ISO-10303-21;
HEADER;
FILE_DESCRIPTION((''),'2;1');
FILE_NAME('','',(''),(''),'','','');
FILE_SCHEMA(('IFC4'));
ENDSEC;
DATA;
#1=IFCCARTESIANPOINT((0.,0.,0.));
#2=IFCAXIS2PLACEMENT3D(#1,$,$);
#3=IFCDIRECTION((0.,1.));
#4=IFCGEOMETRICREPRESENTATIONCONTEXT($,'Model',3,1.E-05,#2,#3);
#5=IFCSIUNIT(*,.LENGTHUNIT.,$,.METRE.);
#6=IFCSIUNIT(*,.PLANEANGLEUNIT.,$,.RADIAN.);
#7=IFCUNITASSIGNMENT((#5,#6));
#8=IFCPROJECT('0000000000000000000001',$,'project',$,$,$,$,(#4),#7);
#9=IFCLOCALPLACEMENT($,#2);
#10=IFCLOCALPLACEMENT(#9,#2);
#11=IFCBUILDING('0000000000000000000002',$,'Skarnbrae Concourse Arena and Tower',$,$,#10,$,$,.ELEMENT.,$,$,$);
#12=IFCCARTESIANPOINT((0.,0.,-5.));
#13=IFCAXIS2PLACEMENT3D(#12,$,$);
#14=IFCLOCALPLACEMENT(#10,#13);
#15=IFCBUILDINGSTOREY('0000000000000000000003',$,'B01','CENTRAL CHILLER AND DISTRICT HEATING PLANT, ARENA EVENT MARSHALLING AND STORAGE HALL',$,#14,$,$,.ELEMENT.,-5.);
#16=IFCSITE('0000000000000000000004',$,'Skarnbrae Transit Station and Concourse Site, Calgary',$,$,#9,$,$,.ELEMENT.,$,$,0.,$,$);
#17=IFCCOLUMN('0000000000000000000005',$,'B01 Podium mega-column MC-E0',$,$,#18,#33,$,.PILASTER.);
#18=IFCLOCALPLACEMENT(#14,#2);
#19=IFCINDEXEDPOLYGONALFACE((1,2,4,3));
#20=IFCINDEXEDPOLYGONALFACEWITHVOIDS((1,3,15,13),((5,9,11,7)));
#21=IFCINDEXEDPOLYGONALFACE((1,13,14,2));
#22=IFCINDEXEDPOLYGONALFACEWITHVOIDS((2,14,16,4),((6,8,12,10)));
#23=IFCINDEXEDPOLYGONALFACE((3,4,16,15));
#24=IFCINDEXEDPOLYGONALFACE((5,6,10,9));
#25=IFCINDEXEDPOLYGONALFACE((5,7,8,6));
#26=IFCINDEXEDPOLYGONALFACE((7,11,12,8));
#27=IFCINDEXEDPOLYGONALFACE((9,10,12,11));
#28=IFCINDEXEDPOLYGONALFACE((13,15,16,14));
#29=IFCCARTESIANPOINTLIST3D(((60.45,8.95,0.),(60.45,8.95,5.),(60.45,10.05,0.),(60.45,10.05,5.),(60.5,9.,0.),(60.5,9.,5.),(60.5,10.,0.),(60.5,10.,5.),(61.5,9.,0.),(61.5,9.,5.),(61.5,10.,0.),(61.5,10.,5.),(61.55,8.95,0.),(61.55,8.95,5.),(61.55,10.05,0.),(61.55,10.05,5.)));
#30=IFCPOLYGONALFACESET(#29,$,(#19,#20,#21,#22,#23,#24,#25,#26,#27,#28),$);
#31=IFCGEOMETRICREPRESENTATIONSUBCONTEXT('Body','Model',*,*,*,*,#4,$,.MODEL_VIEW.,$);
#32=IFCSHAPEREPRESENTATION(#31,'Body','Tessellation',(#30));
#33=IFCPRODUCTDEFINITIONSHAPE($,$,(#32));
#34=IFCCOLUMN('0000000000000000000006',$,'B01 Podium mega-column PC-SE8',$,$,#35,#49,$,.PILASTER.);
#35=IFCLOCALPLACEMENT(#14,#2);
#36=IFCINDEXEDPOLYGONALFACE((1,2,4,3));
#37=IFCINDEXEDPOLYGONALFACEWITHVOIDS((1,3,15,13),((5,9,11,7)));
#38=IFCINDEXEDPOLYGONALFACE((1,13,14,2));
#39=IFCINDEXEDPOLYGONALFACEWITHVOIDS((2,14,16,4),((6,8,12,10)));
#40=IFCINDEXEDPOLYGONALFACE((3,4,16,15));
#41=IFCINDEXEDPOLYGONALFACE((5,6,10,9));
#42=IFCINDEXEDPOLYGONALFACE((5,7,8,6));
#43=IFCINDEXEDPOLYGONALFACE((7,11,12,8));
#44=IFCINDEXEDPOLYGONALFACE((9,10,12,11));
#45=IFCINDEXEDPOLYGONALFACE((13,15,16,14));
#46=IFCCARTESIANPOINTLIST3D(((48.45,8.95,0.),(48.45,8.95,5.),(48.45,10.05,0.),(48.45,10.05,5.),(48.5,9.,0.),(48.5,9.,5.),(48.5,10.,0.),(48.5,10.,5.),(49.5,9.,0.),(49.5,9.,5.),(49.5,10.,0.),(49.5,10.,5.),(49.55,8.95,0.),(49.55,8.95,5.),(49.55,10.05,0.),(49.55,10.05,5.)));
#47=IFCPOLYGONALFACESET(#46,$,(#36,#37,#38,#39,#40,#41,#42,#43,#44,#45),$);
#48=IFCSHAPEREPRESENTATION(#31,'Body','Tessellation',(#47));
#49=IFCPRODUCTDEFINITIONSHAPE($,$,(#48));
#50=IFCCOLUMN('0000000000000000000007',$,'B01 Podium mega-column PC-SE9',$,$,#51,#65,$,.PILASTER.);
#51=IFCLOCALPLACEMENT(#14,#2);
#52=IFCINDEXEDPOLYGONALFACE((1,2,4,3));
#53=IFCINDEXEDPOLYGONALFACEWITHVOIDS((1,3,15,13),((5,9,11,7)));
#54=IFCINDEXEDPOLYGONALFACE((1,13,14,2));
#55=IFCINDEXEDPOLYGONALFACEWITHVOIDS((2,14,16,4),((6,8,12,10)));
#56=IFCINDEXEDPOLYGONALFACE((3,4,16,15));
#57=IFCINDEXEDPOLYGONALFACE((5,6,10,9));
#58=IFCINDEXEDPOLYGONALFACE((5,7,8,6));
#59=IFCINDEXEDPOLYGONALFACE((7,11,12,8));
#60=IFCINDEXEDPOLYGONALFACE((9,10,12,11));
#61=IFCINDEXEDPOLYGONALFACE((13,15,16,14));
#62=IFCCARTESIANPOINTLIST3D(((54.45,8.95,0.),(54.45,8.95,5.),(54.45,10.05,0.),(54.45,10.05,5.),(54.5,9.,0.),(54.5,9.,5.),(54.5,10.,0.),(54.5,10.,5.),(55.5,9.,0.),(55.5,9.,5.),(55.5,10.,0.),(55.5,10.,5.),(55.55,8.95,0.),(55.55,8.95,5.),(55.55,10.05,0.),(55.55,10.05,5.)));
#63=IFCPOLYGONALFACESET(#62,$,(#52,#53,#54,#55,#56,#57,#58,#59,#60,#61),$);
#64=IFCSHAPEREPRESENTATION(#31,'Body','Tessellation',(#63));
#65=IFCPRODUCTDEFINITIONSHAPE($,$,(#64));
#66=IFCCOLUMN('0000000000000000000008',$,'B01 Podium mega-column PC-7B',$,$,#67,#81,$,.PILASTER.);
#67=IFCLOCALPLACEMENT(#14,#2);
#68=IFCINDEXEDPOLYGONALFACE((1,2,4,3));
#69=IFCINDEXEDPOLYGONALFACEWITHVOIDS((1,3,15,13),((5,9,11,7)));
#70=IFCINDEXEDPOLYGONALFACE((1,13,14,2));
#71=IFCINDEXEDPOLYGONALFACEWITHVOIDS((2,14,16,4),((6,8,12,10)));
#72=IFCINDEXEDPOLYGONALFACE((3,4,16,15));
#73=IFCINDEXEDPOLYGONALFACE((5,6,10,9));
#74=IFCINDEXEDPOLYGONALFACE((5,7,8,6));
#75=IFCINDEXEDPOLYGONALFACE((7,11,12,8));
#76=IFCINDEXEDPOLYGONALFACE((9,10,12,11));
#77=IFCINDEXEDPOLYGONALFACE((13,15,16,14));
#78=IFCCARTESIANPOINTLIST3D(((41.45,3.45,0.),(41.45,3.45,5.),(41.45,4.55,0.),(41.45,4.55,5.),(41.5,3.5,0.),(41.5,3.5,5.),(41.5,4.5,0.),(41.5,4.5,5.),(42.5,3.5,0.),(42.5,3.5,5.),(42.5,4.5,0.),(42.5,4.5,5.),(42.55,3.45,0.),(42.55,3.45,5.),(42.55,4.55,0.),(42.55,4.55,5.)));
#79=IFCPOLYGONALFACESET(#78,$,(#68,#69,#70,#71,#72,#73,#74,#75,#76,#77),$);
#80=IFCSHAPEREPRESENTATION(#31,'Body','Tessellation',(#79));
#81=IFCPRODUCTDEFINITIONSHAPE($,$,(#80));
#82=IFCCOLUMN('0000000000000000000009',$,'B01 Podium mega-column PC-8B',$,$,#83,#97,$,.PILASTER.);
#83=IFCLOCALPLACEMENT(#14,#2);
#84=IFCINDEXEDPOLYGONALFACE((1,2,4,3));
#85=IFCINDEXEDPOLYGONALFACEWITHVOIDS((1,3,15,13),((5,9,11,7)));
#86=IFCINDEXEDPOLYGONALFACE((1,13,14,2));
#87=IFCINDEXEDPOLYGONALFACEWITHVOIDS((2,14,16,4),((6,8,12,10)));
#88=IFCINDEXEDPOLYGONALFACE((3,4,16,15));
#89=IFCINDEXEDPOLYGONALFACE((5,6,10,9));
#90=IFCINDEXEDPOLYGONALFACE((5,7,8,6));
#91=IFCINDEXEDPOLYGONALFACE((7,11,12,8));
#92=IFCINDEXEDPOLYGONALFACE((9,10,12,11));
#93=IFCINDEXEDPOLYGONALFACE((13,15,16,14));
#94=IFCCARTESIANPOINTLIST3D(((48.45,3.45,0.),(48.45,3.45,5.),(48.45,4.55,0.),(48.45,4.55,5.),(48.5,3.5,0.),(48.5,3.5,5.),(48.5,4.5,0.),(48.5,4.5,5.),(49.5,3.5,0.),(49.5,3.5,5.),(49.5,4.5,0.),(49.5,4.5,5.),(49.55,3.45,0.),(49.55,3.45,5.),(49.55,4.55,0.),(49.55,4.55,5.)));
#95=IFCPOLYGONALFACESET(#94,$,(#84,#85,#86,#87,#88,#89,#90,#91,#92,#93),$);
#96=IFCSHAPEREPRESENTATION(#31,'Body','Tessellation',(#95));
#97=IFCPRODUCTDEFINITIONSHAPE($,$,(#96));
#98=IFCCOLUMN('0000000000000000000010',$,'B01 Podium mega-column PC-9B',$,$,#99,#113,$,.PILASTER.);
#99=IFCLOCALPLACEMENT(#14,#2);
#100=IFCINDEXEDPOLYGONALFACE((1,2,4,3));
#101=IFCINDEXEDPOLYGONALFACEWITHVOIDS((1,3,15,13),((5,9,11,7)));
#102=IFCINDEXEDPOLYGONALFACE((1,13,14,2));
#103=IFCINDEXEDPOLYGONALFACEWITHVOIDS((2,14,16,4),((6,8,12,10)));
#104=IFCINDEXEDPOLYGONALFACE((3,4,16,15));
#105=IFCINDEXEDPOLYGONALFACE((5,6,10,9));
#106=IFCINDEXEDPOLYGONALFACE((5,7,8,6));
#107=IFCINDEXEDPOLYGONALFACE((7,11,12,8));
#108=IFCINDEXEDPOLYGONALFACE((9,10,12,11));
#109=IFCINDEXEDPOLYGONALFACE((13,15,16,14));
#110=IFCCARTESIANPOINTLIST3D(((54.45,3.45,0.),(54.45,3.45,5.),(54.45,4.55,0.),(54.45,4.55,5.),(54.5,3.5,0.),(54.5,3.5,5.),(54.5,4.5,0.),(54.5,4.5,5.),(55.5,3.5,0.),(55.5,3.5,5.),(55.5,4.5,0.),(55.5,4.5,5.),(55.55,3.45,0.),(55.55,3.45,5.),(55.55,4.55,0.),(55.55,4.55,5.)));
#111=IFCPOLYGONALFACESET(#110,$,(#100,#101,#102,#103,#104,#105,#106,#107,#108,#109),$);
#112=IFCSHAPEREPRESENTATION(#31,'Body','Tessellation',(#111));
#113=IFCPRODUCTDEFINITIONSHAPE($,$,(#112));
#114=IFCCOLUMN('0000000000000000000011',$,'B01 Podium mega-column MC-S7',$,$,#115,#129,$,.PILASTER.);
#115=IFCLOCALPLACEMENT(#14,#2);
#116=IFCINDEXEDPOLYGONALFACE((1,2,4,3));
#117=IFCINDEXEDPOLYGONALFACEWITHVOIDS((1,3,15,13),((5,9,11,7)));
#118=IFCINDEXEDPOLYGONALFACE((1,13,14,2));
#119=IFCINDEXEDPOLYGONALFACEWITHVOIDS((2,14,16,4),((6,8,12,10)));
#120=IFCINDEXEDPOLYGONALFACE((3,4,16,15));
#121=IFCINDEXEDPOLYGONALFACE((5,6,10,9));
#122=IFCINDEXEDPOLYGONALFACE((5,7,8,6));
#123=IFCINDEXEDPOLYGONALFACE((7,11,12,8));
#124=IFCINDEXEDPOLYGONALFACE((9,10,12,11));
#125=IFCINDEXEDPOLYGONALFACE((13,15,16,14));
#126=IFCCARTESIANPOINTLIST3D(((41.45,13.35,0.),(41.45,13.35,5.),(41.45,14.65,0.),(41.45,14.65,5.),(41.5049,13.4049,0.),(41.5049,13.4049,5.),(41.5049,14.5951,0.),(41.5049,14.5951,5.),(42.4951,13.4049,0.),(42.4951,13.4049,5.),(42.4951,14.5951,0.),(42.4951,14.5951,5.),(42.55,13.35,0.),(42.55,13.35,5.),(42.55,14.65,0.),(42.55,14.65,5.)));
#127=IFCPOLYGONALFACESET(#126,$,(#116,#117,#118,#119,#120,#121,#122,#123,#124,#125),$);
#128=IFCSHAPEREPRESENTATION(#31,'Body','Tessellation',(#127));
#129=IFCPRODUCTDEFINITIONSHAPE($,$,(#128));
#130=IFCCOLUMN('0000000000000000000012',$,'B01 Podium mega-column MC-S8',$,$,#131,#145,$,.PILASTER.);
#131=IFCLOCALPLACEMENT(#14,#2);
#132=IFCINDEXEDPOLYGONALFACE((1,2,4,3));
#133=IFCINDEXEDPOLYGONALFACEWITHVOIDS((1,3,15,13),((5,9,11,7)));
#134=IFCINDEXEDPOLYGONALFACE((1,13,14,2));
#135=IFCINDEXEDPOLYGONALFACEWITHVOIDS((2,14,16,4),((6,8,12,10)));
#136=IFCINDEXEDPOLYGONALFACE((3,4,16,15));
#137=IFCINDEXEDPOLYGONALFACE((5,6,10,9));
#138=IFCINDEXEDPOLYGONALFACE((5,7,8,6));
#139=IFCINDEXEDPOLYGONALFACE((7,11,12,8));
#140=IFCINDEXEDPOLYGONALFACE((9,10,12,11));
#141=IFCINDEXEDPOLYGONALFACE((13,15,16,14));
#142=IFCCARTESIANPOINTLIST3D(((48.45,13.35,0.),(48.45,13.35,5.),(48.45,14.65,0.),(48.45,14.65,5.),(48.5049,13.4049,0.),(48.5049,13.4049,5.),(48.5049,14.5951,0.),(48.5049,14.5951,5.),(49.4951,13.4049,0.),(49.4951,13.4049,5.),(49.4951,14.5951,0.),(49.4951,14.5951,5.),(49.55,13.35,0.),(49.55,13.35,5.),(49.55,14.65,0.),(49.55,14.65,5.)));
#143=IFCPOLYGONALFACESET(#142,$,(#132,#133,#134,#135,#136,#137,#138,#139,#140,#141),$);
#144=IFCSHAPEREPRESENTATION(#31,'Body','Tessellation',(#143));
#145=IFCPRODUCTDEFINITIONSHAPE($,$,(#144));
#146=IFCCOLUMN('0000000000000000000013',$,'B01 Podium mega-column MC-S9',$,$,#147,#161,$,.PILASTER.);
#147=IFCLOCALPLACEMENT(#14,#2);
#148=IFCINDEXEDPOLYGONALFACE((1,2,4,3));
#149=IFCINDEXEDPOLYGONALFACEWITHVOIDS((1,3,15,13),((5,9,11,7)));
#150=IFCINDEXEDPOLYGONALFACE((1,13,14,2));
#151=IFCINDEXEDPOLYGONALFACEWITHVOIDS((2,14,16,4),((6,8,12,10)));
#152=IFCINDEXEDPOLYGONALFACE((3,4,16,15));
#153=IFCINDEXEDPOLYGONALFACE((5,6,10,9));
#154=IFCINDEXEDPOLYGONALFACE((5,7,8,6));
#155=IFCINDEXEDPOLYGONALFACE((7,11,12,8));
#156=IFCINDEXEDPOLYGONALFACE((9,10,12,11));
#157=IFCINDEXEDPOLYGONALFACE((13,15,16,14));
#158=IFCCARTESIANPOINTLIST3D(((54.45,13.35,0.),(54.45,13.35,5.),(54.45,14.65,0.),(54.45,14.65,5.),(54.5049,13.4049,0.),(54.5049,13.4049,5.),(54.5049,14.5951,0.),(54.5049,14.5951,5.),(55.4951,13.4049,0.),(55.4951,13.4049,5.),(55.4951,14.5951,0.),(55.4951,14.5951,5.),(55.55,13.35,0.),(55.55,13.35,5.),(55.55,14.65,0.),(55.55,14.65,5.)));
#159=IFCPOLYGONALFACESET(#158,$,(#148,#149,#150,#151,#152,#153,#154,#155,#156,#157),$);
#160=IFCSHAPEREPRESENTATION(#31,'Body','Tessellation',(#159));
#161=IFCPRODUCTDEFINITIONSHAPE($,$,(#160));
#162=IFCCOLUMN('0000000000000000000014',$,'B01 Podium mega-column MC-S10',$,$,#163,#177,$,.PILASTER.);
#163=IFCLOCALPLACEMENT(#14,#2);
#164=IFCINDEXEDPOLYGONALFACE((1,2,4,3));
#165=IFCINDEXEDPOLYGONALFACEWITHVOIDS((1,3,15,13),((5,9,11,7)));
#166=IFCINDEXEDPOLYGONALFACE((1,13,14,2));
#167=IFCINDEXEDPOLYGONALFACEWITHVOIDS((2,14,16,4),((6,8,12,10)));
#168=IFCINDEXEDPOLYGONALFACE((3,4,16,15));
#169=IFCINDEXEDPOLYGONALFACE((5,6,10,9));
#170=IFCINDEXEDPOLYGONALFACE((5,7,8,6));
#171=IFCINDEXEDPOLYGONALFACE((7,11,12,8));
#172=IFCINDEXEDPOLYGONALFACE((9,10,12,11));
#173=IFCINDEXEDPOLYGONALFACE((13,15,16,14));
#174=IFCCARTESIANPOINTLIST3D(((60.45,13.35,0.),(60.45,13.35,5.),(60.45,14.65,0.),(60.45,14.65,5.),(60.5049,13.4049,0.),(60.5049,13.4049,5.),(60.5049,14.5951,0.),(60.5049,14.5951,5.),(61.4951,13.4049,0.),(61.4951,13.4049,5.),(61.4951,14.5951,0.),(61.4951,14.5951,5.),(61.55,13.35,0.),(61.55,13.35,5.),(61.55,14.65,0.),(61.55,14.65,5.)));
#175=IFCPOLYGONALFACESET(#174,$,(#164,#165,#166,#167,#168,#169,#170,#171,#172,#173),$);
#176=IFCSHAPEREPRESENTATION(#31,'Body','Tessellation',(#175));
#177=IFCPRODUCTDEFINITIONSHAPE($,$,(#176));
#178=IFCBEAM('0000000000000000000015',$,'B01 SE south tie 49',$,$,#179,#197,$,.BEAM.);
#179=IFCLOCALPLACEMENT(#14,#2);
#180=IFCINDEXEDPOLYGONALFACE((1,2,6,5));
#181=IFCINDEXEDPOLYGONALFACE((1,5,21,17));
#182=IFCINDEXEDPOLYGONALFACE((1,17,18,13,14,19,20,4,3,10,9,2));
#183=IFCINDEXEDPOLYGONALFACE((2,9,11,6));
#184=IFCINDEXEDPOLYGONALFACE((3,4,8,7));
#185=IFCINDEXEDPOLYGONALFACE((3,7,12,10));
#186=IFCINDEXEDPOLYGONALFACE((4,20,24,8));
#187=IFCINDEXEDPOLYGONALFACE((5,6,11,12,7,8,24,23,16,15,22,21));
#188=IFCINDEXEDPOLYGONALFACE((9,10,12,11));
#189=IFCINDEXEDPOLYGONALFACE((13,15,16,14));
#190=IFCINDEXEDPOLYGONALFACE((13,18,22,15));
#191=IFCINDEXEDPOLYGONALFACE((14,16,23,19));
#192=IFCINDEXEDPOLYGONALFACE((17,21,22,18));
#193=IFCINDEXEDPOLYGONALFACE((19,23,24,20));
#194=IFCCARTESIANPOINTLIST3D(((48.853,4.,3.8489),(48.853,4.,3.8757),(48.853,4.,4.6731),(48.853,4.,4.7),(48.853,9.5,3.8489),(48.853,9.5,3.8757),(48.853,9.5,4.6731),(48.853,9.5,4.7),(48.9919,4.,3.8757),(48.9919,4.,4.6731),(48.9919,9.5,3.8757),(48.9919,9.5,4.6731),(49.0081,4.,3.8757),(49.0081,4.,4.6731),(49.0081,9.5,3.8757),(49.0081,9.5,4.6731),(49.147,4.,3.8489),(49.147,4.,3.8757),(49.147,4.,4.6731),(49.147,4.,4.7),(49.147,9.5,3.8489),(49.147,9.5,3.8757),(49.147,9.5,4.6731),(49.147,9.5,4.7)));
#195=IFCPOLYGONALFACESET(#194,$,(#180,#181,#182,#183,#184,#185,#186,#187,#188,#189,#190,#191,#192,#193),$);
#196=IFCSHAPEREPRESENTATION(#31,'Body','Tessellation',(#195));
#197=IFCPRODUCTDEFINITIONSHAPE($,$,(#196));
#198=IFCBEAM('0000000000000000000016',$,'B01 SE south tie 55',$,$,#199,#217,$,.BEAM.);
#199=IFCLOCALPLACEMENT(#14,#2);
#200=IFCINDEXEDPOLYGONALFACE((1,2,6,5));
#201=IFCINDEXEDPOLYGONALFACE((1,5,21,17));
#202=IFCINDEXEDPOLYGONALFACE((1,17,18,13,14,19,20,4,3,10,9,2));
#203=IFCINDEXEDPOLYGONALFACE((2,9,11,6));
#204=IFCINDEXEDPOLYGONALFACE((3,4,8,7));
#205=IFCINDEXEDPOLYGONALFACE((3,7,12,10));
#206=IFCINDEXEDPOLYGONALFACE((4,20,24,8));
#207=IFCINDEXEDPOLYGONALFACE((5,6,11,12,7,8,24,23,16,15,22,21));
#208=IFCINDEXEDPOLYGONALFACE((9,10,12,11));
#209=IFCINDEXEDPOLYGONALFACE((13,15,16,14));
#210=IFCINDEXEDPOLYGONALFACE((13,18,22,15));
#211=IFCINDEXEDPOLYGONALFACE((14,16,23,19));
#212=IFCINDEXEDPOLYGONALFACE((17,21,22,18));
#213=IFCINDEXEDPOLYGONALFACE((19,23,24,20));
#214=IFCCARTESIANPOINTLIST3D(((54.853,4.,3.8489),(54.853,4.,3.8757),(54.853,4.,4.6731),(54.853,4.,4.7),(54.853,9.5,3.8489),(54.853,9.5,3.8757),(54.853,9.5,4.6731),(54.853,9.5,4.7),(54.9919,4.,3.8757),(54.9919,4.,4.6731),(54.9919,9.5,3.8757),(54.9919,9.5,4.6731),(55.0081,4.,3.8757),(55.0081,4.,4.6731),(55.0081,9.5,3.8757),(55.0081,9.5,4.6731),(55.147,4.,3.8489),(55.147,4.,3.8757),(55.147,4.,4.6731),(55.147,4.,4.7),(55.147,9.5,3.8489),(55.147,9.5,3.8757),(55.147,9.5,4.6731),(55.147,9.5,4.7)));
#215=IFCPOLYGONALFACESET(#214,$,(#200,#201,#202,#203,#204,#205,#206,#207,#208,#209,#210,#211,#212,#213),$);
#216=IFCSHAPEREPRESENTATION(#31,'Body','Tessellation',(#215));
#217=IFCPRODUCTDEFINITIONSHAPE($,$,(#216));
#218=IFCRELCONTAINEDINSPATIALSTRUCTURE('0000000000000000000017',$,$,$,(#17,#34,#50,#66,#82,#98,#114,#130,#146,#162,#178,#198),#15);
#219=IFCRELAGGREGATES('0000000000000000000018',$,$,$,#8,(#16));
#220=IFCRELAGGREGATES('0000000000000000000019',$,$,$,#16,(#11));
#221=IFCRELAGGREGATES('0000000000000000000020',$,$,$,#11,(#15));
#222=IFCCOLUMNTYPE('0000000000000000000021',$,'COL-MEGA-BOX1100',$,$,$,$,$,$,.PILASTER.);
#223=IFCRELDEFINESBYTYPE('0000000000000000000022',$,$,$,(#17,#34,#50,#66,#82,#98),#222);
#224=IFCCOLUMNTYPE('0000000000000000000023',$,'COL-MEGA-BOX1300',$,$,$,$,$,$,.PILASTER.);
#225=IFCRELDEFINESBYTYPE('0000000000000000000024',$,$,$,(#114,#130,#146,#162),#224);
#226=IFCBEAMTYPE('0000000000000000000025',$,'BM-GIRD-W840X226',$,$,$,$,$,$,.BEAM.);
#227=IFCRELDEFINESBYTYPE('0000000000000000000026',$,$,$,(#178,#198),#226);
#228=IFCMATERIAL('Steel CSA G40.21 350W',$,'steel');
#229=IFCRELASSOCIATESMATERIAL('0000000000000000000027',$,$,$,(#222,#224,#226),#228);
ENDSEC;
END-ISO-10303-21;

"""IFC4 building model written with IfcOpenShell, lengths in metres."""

from ifc_helpers import new_model, si_unit, direction, frame, origin, origin_2d, place, context, subcontext, project, spatial, hollow_rectangle, i_section, extrude, source, transform, mapped, material, material_profile, profile_set, type_object, element, save


model = new_model("IFC4")

# Units and contexts
model_context = context("Model", 3, precision=1e-05, world=origin(), true_north=direction((0.0, 1.0)))
body_context = subcontext(model_context, "Body", "Model", "MODEL_VIEW")
ifc_project = project(units=[si_unit("LENGTHUNIT", "METRE"), si_unit("PLANEANGLEUNIT", "RADIAN")], contexts=[model_context])

# Site, building, storey
site_placement = place(None, origin())
site = spatial("IfcSite", under=ifc_project, at=site_placement, Name="Skarnbrae Transit Station and Concourse Site, Calgary", CompositionType="ELEMENT", RefElevation=0.0)
building_placement = place(site_placement, origin())
building = spatial("IfcBuilding", under=site, at=building_placement, Name="Skarnbrae Concourse Arena and Tower", CompositionType="ELEMENT")
storey_placement = place(building_placement, frame((0.0, 0.0, -5.0)))
storey = spatial("IfcBuildingStorey", under=building, at=storey_placement, Name="B01", Description="CENTRAL CHILLER AND DISTRICT HEATING PLANT, ARENA EVENT MARSHALLING AND STORAGE HALL", CompositionType="ELEMENT", Elevation=-5.0)

# Columns
ifc_material_1 = material(Name="Steel CSA G40.21 350W", Category="steel")
ifc_material_profile_1 = material_profile(ifc_material_1, hollow_rectangle(XDim=1.1001, YDim=1.1001, WallThickness=0.05, at=origin_2d()), Name="BOX1100X1100X50")
ifc_profile_set_1 = profile_set([ifc_material_profile_1], Name="Steel CSA G40.21 350W")
column_type_1 = type_object("IfcColumnType", Name="COL-MEGA-BOX1100", PredefinedType="PILASTER", material=ifc_profile_set_1)
shared_shape_1 = source(origin(), body_context, "Body", "SweptSolid", [
    extrude(hollow_rectangle(XDim=1.1001, YDim=1.1001, WallThickness=0.05, at=origin_2d()), origin(), (0.0, 0.0, 1.0), 5.0),
])
for number, where, z_axis, x_axis, name in (
    (1, (61.0, 9.5, 0.0), (0.0, 0.0, 1.0), (1.0, 0.0, 0.0), "B01 Podium mega-column MC-E0"),
    (2, (49.0, 9.5, 0.0), (0.0, 0.0, 1.0), (1.0, 0.0, 0.0), "B01 Podium mega-column PC-SE8"),
    (3, (55.0, 9.5, 0.0), (0.0, 0.0, 1.0), (1.0, 0.0, 0.0), "B01 Podium mega-column PC-SE9"),
    (4, (42.0, 4.0, 0.0), (0.0, 0.0, 1.0), (1.0, 0.0, 0.0), "B01 Podium mega-column PC-7B"),
    (5, (49.0, 4.0, 0.0), (0.0, 0.0, 1.0), (1.0, 0.0, 0.0), "B01 Podium mega-column PC-8B"),
    (6, (55.0, 4.0, 0.0), (0.0, 0.0, 1.0), (1.0, 0.0, 0.0), "B01 Podium mega-column PC-9B"),
):
    element("IfcColumn", number, at=place(storey_placement, frame(where, z_axis=z_axis, x_axis=x_axis)), inside=storey, type_object=column_type_1, Name=name, PredefinedType="PILASTER", context=body_context, shape_type="MappedRepresentation", body=[
        mapped(shared_shape_1, transform((0.0, 0.0, 0.0))),
    ])
ifc_material_profile_2 = material_profile(ifc_material_1, hollow_rectangle(XDim=1.1001, YDim=1.3, WallThickness=0.0549, at=origin_2d()), Name="BOX1300X1100X55")
ifc_profile_set_2 = profile_set([ifc_material_profile_2], Name="Steel CSA G40.21 350W")
column_type_2 = type_object("IfcColumnType", Name="COL-MEGA-BOX1300", PredefinedType="PILASTER", material=ifc_profile_set_2)
shared_shape_2 = source(origin(), body_context, "Body", "SweptSolid", [
    extrude(hollow_rectangle(XDim=1.1001, YDim=1.3, WallThickness=0.0549, at=origin_2d()), origin(), (0.0, 0.0, 1.0), 5.0),
])
for number, where, z_axis, x_axis, name in (
    (7, (42.0, 14.0, 0.0), (0.0, 0.0, 1.0), (1.0, 0.0, 0.0), "B01 Podium mega-column MC-S7"),
    (8, (49.0, 14.0, 0.0), (0.0, 0.0, 1.0), (1.0, 0.0, 0.0), "B01 Podium mega-column MC-S8"),
    (9, (55.0, 14.0, 0.0), (0.0, 0.0, 1.0), (1.0, 0.0, 0.0), "B01 Podium mega-column MC-S9"),
    (10, (61.0, 14.0, 0.0), (0.0, 0.0, 1.0), (1.0, 0.0, 0.0), "B01 Podium mega-column MC-S10"),
):
    element("IfcColumn", number, at=place(storey_placement, frame(where, z_axis=z_axis, x_axis=x_axis)), inside=storey, type_object=column_type_2, Name=name, PredefinedType="PILASTER", context=body_context, shape_type="MappedRepresentation", body=[
        mapped(shared_shape_2, transform((0.0, 0.0, 0.0))),
    ])

# Beams
ifc_material_profile_3 = material_profile(ifc_material_1, i_section(OverallWidth=0.2939, OverallDepth=0.8511, WebThickness=0.0161, FlangeThickness=0.0269, at=origin_2d()), Name="W840X226")
ifc_profile_set_3 = profile_set([ifc_material_profile_3], Name="Steel CSA G40.21 350W")
beam_type_1 = type_object("IfcBeamType", Name="BM-GIRD-W840X226", PredefinedType="BEAM", material=ifc_profile_set_3)
shared_shape_3 = source(origin(), body_context, "Body", "SweptSolid", [
    extrude(i_section(OverallWidth=0.2939, OverallDepth=0.8511, WebThickness=0.0161, FlangeThickness=0.0269, at=origin_2d()), origin(), (0.0, 0.0, 1.0), 5.5),
])
for number, where, z_axis, x_axis, name in (
    (11, (49.0, 4.0, 4.2744), (0.0, 1.0, 0.0), (-1.0, 0.0, 0.0), "B01 SE south tie 49"),
    (12, (55.0, 4.0, 4.2744), (0.0, 1.0, 0.0), (-1.0, 0.0, 0.0), "B01 SE south tie 55"),
):
    element("IfcBeam", number, at=place(storey_placement, frame(where, z_axis=z_axis, x_axis=x_axis)), inside=storey, type_object=beam_type_1, Name=name, PredefinedType="BEAM", context=body_context, shape_type="MappedRepresentation", body=[
        mapped(shared_shape_3, transform((0.0, 0.0, 0.0))),
    ])

save(model, "model.ifc")
